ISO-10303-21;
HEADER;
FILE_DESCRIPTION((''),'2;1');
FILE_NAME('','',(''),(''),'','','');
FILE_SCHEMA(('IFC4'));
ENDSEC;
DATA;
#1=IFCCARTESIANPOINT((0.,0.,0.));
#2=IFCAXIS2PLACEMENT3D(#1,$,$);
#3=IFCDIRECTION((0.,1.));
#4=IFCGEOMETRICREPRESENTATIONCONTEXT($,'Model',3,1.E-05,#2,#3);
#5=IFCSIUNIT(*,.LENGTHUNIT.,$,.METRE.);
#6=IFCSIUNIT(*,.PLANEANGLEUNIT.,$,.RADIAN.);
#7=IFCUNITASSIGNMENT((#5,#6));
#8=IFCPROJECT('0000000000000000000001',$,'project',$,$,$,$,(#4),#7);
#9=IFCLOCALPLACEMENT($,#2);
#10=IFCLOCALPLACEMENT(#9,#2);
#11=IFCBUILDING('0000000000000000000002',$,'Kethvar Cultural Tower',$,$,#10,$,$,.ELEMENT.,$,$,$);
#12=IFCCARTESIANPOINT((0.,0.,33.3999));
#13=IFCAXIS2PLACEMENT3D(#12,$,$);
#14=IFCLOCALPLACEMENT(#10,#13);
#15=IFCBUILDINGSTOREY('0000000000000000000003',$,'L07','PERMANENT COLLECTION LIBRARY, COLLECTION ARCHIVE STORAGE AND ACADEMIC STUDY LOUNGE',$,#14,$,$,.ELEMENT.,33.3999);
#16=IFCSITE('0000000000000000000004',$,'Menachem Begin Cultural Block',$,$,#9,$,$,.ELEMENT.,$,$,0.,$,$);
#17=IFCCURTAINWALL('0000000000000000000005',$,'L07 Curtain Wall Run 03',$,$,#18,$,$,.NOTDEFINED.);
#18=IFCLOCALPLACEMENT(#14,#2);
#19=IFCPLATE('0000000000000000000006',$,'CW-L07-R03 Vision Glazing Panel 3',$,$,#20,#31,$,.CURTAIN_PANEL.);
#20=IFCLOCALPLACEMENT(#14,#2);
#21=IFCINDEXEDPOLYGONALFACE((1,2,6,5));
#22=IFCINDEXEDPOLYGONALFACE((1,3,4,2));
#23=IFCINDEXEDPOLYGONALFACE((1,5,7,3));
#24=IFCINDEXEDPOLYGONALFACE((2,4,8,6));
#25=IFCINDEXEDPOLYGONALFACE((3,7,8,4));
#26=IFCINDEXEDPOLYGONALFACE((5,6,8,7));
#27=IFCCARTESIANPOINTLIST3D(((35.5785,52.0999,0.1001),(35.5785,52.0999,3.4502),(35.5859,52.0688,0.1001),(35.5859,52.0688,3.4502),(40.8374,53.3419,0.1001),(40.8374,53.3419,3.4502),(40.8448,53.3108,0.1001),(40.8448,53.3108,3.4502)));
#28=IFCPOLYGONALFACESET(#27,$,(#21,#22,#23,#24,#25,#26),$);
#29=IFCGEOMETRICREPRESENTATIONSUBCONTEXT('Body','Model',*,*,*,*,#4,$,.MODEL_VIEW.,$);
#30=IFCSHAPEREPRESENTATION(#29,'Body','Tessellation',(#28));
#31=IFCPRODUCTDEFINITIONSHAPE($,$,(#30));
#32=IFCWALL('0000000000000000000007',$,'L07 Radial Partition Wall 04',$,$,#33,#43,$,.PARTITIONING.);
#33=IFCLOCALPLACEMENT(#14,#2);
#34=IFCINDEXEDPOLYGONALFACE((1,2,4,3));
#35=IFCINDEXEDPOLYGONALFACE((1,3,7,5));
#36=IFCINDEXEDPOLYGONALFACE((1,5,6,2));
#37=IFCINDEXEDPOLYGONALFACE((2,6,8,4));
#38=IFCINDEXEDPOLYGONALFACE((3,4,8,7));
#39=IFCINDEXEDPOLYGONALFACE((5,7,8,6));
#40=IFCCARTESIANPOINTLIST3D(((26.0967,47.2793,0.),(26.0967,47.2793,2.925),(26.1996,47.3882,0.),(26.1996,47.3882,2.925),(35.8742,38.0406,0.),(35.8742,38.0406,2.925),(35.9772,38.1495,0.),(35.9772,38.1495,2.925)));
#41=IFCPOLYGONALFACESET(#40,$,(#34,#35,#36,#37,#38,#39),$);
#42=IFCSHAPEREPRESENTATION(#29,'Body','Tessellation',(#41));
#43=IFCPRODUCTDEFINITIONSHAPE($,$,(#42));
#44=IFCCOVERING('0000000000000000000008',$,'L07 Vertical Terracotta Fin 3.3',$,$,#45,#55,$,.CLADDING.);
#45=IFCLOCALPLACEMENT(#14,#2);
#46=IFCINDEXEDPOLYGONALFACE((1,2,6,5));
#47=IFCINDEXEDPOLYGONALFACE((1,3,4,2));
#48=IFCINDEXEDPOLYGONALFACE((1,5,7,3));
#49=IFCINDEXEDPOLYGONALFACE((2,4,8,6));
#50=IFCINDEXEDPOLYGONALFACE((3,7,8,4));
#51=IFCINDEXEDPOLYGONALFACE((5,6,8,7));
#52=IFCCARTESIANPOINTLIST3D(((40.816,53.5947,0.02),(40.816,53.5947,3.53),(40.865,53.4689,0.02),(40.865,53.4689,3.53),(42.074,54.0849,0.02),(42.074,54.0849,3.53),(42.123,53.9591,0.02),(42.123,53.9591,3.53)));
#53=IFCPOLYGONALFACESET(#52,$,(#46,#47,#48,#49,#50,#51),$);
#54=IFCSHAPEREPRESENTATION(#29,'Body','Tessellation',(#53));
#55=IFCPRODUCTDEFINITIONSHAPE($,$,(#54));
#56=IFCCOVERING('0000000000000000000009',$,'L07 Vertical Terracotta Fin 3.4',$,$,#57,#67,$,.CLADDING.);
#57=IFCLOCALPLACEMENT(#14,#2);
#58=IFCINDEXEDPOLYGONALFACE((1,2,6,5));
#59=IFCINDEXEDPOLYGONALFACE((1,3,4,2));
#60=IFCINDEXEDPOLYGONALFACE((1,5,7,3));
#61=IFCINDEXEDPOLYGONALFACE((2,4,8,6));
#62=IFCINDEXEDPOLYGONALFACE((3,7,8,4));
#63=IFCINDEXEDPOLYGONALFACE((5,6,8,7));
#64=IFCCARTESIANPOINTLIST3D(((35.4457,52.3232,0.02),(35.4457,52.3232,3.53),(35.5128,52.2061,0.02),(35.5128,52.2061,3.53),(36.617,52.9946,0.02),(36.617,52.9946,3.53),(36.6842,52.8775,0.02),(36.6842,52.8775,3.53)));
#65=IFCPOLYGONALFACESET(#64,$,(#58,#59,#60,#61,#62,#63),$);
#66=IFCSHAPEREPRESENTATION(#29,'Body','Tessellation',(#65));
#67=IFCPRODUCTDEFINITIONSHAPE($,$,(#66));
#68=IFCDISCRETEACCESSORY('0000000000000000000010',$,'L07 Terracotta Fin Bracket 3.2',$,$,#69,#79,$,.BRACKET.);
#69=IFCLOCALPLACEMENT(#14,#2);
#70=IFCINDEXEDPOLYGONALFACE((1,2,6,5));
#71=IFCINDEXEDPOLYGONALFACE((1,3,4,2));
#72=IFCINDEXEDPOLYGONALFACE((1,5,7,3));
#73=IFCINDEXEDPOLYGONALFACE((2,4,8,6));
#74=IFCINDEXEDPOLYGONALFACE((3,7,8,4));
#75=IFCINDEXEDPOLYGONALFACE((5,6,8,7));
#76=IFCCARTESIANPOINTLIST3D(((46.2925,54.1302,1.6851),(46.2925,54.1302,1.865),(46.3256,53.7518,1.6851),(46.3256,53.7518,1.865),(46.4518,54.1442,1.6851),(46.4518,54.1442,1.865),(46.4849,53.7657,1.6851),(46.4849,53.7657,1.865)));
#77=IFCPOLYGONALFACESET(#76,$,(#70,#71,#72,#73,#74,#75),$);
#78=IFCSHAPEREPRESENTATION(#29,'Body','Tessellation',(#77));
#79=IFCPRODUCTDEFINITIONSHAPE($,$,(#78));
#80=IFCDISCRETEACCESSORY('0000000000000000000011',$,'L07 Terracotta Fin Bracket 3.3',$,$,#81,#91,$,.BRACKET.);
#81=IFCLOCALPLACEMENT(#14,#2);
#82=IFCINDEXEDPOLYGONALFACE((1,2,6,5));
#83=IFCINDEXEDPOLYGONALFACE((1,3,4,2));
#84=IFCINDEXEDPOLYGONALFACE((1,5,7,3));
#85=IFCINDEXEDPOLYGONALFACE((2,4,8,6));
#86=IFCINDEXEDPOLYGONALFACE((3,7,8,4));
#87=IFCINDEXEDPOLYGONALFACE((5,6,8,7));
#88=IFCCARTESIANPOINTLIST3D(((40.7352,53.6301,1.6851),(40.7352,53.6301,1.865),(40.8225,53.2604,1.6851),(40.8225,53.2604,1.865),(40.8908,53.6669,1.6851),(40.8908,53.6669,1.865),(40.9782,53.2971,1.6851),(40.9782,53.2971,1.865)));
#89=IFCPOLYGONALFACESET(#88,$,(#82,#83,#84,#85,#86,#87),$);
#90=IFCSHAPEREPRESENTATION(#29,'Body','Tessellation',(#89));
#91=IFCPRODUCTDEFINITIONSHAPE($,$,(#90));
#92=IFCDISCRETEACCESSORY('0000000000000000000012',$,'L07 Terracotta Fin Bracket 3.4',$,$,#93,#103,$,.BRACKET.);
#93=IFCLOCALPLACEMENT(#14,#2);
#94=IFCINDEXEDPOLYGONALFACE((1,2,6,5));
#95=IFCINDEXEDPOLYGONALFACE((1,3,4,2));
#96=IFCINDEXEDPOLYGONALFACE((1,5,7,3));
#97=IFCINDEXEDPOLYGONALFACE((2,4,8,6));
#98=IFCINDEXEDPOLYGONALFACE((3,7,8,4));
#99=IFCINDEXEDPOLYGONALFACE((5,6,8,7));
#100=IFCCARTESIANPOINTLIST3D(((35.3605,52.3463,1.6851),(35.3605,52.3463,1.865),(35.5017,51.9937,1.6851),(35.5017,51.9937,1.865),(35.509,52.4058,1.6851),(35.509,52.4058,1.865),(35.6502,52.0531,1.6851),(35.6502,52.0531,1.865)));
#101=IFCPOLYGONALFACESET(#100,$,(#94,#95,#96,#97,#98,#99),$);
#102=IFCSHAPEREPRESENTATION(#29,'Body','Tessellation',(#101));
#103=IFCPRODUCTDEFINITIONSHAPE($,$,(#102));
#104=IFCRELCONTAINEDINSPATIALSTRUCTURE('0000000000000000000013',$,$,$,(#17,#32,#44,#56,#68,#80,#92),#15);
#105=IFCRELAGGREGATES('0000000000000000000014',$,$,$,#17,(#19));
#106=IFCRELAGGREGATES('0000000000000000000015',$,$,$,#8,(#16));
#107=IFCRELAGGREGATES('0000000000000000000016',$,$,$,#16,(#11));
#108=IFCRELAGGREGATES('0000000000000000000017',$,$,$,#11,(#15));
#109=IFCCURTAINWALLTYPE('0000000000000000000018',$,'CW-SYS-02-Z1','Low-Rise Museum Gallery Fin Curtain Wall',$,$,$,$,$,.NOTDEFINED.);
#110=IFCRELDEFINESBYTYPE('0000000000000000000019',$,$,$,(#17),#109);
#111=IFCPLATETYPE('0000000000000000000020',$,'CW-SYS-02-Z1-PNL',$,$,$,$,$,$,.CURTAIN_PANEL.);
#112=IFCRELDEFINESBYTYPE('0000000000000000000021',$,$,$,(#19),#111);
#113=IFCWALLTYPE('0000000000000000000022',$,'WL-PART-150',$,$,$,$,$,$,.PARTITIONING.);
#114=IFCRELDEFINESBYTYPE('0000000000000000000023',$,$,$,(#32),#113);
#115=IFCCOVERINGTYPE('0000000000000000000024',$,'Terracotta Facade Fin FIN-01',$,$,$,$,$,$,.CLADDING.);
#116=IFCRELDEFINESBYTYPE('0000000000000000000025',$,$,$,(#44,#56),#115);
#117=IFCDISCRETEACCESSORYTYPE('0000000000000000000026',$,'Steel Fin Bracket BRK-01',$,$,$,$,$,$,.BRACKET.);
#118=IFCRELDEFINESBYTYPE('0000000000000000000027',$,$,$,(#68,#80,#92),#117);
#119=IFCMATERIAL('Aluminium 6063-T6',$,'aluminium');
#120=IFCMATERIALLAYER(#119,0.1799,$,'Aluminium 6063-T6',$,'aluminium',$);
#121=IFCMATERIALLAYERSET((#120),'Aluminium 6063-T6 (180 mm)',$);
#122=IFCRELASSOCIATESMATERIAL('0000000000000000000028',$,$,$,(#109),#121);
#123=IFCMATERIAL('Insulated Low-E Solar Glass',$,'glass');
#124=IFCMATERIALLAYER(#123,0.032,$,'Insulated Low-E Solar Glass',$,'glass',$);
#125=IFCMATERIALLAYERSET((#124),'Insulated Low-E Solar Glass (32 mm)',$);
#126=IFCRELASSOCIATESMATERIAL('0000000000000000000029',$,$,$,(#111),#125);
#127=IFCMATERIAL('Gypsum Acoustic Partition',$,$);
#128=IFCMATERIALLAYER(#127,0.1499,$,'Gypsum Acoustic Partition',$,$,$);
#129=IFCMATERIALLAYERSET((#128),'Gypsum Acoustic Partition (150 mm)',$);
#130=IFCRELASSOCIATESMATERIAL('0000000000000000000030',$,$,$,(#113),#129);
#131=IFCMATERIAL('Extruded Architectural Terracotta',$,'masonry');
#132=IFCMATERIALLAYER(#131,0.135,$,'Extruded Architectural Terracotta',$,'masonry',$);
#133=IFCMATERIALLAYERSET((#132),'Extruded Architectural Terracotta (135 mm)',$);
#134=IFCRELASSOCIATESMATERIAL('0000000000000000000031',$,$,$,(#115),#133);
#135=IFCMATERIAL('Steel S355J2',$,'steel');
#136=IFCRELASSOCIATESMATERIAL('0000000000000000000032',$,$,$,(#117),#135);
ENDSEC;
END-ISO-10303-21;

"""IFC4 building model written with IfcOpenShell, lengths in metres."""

from ifc_helpers import new_model, si_unit, direction, frame, frame_2d, origin, origin_2d, place, context, subcontext, project, spatial, rectangle, extrude, source, transform, mapped, material, layer, layer_set, type_object, element, aggregate, save


model = new_model("IFC4")

# Units and contexts
model_context = context("Model", 3, precision=1e-05, world=origin(), true_north=direction((0.0, 1.0)))
body_context = subcontext(model_context, "Body", "Model", "MODEL_VIEW")
ifc_project = project(units=[si_unit("LENGTHUNIT", "METRE"), si_unit("PLANEANGLEUNIT", "RADIAN")], contexts=[model_context])

# Site, building, storey
site_placement = place(None, origin())
site = spatial("IfcSite", under=ifc_project, at=site_placement, Name="Menachem Begin Cultural Block", CompositionType="ELEMENT", RefElevation=0.0)
building_placement = place(site_placement, origin())
building = spatial("IfcBuilding", under=site, at=building_placement, Name="Kethvar Cultural Tower", CompositionType="ELEMENT")
storey_placement = place(building_placement, frame((0.0, 0.0, 33.3999)))
storey = spatial("IfcBuildingStorey", under=building, at=storey_placement, Name="L07", Description="PERMANENT COLLECTION LIBRARY, COLLECTION ARCHIVE STORAGE AND ACADEMIC STUDY LOUNGE", CompositionType="ELEMENT", Elevation=33.3999)

# Shared definitions
ifc_material_1 = material(Name="Steel S355J2", Category="steel")

# Curtain wall, plate
ifc_material_2 = material(Name="Aluminium 6063-T6", Category="aluminium")
ifc_layer_1 = layer(ifc_material_2, 0.1799, Name="Aluminium 6063-T6", Category="aluminium")
ifc_layer_set_1 = layer_set([ifc_layer_1], Name="Aluminium 6063-T6 (180 mm)")
curtain_wall_type = type_object("IfcCurtainWallType", Name="CW-SYS-02-Z1", Description="Low-Rise Museum Gallery Fin Curtain Wall", PredefinedType="NOTDEFINED", material=ifc_layer_set_1)
curtain_wall_placement = place(storey_placement, origin())
curtain_wall = element("IfcCurtainWall", 1, at=curtain_wall_placement, inside=storey, type_object=curtain_wall_type, Name="L07 Curtain Wall Run 03", PredefinedType="NOTDEFINED")
ifc_material_3 = material(Name="Insulated Low-E Solar Glass", Category="glass")
ifc_layer_2 = layer(ifc_material_3, 0.032, Name="Insulated Low-E Solar Glass", Category="glass")
ifc_layer_set_2 = layer_set([ifc_layer_2], Name="Insulated Low-E Solar Glass (32 mm)")
plate_type = type_object("IfcPlateType", Name="CW-SYS-02-Z1-PNL", PredefinedType="CURTAIN_PANEL", material=ifc_layer_set_2)
shared_shape_1 = source(origin(), body_context, "Body", "SweptSolid", [
    extrude(rectangle(XDim=5.4036, YDim=0.032, at=origin_2d()), origin(), (0.0, 0.0, 1.0), 3.3501),
])
plate_1_placement = place(storey_placement, frame((38.2117, 52.7053, 0.1001), z_axis=(0.0, 0.0, 1.0), x_axis=(-0.973227, -0.229846, 0.0)))
plate_1 = element("IfcPlate", 2, at=plate_1_placement, type_object=plate_type, Name="CW-L07-R03 Vision Glazing Panel 3", PredefinedType="CURTAIN_PANEL", context=body_context, shape_type="MappedRepresentation", body=[
    mapped(shared_shape_1, transform((0.0, 0.0, 0.0), scale=1.0)),
])
aggregate(curtain_wall, [plate_1])

# Wall
ifc_material_4 = material(Name="Gypsum Acoustic Partition")
ifc_layer_3 = layer(ifc_material_4, 0.1499, Name="Gypsum Acoustic Partition")
ifc_layer_set_3 = layer_set([ifc_layer_3], Name="Gypsum Acoustic Partition (150 mm)")
wall_type = type_object("IfcWallType", Name="WL-PART-150", PredefinedType="PARTITIONING", material=ifc_layer_set_3)
wall_placement = place(storey_placement, frame((35.9258, 38.095, 0.0), z_axis=(0.0, 0.0, 1.0), x_axis=(-0.726851, 0.686796, 0.0)))
element("IfcWall", 3, at=wall_placement, inside=storey, type_object=wall_type, Name="L07 Radial Partition Wall 04", PredefinedType="PARTITIONING", context=body_context, shape_type="SweptSolid", body=[
    extrude(rectangle(XDim=13.4519, YDim=0.1499, at=frame_2d((6.7261, 0.0))), origin(), (0.0, 0.0, 1.0), 2.925),
])

# Coverings
ifc_material_5 = material(Name="Extruded Architectural Terracotta", Category="masonry")
ifc_layer_4 = layer(ifc_material_5, 0.135, Name="Extruded Architectural Terracotta", Category="masonry")
ifc_layer_set_4 = layer_set([ifc_layer_4], Name="Extruded Architectural Terracotta (135 mm)")
covering_type = type_object("IfcCoveringType", Name="Terracotta Facade Fin FIN-01", PredefinedType="CLADDING", material=ifc_layer_set_4)
shared_shape_2 = source(origin(), body_context, "Body", "SweptSolid", [
    extrude(rectangle(XDim=1.3501, YDim=0.135, at=origin_2d()), origin(), (0.0, 0.0, 1.0), 3.51),
])
for number, where, z_axis, x_axis, name in (
    (4, (41.4695, 53.7769, 0.02), (0.0, 0.0, 1.0), (0.931755, 0.363089, 0.0), "L07 Vertical Terracotta Fin 3.3"),
    (5, (36.0649, 52.6003, 0.02), (0.0, 0.0, 1.0), (0.867592, 0.497277, 0.0), "L07 Vertical Terracotta Fin 3.4"),
):
    element("IfcCovering", number, at=place(storey_placement, frame(where, z_axis=z_axis, x_axis=x_axis)), inside=storey, type_object=covering_type, Name=name, PredefinedType="CLADDING", context=body_context, shape_type="MappedRepresentation", body=[
        mapped(shared_shape_2, transform((0.0, 0.0, 0.0), scale=1.0)),
    ])

# Discrete accessories
discrete_accessory_type = type_object("IfcDiscreteAccessoryType", Name="Steel Fin Bracket BRK-01", PredefinedType="BRACKET", material=ifc_material_1)
shared_shape_3 = source(origin(), body_context, "Body", "SweptSolid", [
    extrude(rectangle(XDim=0.3799, YDim=0.1599, at=origin_2d()), origin(), (0.0, 0.0, 1.0), 0.1799),
])
for number, where, z_axis, x_axis, name in (
    (6, (46.3887, 53.948, 1.6851), (0.0, 0.0, 1.0), (-0.087156, 0.996195, 0.0), "L07 Terracotta Fin Bracket 3.2"),
    (7, (40.8567, 53.4636, 1.6851), (0.0, 0.0, 1.0), (-0.22988, 0.973219, 0.0), "L07 Terracotta Fin Bracket 3.3"),
    (8, (35.5054, 52.1997, 1.6851), (0.0, 0.0, 1.0), (-0.371692, 0.928356, 0.0), "L07 Terracotta Fin Bracket 3.4"),
):
    element("IfcDiscreteAccessory", number, at=place(storey_placement, frame(where, z_axis=z_axis, x_axis=x_axis)), inside=storey, type_object=discrete_accessory_type, Name=name, PredefinedType="BRACKET", context=body_context, shape_type="MappedRepresentation", body=[
        mapped(shared_shape_3, transform((0.0, 0.0, 0.0), scale=1.0)),
    ])

save(model, "model.ifc")
